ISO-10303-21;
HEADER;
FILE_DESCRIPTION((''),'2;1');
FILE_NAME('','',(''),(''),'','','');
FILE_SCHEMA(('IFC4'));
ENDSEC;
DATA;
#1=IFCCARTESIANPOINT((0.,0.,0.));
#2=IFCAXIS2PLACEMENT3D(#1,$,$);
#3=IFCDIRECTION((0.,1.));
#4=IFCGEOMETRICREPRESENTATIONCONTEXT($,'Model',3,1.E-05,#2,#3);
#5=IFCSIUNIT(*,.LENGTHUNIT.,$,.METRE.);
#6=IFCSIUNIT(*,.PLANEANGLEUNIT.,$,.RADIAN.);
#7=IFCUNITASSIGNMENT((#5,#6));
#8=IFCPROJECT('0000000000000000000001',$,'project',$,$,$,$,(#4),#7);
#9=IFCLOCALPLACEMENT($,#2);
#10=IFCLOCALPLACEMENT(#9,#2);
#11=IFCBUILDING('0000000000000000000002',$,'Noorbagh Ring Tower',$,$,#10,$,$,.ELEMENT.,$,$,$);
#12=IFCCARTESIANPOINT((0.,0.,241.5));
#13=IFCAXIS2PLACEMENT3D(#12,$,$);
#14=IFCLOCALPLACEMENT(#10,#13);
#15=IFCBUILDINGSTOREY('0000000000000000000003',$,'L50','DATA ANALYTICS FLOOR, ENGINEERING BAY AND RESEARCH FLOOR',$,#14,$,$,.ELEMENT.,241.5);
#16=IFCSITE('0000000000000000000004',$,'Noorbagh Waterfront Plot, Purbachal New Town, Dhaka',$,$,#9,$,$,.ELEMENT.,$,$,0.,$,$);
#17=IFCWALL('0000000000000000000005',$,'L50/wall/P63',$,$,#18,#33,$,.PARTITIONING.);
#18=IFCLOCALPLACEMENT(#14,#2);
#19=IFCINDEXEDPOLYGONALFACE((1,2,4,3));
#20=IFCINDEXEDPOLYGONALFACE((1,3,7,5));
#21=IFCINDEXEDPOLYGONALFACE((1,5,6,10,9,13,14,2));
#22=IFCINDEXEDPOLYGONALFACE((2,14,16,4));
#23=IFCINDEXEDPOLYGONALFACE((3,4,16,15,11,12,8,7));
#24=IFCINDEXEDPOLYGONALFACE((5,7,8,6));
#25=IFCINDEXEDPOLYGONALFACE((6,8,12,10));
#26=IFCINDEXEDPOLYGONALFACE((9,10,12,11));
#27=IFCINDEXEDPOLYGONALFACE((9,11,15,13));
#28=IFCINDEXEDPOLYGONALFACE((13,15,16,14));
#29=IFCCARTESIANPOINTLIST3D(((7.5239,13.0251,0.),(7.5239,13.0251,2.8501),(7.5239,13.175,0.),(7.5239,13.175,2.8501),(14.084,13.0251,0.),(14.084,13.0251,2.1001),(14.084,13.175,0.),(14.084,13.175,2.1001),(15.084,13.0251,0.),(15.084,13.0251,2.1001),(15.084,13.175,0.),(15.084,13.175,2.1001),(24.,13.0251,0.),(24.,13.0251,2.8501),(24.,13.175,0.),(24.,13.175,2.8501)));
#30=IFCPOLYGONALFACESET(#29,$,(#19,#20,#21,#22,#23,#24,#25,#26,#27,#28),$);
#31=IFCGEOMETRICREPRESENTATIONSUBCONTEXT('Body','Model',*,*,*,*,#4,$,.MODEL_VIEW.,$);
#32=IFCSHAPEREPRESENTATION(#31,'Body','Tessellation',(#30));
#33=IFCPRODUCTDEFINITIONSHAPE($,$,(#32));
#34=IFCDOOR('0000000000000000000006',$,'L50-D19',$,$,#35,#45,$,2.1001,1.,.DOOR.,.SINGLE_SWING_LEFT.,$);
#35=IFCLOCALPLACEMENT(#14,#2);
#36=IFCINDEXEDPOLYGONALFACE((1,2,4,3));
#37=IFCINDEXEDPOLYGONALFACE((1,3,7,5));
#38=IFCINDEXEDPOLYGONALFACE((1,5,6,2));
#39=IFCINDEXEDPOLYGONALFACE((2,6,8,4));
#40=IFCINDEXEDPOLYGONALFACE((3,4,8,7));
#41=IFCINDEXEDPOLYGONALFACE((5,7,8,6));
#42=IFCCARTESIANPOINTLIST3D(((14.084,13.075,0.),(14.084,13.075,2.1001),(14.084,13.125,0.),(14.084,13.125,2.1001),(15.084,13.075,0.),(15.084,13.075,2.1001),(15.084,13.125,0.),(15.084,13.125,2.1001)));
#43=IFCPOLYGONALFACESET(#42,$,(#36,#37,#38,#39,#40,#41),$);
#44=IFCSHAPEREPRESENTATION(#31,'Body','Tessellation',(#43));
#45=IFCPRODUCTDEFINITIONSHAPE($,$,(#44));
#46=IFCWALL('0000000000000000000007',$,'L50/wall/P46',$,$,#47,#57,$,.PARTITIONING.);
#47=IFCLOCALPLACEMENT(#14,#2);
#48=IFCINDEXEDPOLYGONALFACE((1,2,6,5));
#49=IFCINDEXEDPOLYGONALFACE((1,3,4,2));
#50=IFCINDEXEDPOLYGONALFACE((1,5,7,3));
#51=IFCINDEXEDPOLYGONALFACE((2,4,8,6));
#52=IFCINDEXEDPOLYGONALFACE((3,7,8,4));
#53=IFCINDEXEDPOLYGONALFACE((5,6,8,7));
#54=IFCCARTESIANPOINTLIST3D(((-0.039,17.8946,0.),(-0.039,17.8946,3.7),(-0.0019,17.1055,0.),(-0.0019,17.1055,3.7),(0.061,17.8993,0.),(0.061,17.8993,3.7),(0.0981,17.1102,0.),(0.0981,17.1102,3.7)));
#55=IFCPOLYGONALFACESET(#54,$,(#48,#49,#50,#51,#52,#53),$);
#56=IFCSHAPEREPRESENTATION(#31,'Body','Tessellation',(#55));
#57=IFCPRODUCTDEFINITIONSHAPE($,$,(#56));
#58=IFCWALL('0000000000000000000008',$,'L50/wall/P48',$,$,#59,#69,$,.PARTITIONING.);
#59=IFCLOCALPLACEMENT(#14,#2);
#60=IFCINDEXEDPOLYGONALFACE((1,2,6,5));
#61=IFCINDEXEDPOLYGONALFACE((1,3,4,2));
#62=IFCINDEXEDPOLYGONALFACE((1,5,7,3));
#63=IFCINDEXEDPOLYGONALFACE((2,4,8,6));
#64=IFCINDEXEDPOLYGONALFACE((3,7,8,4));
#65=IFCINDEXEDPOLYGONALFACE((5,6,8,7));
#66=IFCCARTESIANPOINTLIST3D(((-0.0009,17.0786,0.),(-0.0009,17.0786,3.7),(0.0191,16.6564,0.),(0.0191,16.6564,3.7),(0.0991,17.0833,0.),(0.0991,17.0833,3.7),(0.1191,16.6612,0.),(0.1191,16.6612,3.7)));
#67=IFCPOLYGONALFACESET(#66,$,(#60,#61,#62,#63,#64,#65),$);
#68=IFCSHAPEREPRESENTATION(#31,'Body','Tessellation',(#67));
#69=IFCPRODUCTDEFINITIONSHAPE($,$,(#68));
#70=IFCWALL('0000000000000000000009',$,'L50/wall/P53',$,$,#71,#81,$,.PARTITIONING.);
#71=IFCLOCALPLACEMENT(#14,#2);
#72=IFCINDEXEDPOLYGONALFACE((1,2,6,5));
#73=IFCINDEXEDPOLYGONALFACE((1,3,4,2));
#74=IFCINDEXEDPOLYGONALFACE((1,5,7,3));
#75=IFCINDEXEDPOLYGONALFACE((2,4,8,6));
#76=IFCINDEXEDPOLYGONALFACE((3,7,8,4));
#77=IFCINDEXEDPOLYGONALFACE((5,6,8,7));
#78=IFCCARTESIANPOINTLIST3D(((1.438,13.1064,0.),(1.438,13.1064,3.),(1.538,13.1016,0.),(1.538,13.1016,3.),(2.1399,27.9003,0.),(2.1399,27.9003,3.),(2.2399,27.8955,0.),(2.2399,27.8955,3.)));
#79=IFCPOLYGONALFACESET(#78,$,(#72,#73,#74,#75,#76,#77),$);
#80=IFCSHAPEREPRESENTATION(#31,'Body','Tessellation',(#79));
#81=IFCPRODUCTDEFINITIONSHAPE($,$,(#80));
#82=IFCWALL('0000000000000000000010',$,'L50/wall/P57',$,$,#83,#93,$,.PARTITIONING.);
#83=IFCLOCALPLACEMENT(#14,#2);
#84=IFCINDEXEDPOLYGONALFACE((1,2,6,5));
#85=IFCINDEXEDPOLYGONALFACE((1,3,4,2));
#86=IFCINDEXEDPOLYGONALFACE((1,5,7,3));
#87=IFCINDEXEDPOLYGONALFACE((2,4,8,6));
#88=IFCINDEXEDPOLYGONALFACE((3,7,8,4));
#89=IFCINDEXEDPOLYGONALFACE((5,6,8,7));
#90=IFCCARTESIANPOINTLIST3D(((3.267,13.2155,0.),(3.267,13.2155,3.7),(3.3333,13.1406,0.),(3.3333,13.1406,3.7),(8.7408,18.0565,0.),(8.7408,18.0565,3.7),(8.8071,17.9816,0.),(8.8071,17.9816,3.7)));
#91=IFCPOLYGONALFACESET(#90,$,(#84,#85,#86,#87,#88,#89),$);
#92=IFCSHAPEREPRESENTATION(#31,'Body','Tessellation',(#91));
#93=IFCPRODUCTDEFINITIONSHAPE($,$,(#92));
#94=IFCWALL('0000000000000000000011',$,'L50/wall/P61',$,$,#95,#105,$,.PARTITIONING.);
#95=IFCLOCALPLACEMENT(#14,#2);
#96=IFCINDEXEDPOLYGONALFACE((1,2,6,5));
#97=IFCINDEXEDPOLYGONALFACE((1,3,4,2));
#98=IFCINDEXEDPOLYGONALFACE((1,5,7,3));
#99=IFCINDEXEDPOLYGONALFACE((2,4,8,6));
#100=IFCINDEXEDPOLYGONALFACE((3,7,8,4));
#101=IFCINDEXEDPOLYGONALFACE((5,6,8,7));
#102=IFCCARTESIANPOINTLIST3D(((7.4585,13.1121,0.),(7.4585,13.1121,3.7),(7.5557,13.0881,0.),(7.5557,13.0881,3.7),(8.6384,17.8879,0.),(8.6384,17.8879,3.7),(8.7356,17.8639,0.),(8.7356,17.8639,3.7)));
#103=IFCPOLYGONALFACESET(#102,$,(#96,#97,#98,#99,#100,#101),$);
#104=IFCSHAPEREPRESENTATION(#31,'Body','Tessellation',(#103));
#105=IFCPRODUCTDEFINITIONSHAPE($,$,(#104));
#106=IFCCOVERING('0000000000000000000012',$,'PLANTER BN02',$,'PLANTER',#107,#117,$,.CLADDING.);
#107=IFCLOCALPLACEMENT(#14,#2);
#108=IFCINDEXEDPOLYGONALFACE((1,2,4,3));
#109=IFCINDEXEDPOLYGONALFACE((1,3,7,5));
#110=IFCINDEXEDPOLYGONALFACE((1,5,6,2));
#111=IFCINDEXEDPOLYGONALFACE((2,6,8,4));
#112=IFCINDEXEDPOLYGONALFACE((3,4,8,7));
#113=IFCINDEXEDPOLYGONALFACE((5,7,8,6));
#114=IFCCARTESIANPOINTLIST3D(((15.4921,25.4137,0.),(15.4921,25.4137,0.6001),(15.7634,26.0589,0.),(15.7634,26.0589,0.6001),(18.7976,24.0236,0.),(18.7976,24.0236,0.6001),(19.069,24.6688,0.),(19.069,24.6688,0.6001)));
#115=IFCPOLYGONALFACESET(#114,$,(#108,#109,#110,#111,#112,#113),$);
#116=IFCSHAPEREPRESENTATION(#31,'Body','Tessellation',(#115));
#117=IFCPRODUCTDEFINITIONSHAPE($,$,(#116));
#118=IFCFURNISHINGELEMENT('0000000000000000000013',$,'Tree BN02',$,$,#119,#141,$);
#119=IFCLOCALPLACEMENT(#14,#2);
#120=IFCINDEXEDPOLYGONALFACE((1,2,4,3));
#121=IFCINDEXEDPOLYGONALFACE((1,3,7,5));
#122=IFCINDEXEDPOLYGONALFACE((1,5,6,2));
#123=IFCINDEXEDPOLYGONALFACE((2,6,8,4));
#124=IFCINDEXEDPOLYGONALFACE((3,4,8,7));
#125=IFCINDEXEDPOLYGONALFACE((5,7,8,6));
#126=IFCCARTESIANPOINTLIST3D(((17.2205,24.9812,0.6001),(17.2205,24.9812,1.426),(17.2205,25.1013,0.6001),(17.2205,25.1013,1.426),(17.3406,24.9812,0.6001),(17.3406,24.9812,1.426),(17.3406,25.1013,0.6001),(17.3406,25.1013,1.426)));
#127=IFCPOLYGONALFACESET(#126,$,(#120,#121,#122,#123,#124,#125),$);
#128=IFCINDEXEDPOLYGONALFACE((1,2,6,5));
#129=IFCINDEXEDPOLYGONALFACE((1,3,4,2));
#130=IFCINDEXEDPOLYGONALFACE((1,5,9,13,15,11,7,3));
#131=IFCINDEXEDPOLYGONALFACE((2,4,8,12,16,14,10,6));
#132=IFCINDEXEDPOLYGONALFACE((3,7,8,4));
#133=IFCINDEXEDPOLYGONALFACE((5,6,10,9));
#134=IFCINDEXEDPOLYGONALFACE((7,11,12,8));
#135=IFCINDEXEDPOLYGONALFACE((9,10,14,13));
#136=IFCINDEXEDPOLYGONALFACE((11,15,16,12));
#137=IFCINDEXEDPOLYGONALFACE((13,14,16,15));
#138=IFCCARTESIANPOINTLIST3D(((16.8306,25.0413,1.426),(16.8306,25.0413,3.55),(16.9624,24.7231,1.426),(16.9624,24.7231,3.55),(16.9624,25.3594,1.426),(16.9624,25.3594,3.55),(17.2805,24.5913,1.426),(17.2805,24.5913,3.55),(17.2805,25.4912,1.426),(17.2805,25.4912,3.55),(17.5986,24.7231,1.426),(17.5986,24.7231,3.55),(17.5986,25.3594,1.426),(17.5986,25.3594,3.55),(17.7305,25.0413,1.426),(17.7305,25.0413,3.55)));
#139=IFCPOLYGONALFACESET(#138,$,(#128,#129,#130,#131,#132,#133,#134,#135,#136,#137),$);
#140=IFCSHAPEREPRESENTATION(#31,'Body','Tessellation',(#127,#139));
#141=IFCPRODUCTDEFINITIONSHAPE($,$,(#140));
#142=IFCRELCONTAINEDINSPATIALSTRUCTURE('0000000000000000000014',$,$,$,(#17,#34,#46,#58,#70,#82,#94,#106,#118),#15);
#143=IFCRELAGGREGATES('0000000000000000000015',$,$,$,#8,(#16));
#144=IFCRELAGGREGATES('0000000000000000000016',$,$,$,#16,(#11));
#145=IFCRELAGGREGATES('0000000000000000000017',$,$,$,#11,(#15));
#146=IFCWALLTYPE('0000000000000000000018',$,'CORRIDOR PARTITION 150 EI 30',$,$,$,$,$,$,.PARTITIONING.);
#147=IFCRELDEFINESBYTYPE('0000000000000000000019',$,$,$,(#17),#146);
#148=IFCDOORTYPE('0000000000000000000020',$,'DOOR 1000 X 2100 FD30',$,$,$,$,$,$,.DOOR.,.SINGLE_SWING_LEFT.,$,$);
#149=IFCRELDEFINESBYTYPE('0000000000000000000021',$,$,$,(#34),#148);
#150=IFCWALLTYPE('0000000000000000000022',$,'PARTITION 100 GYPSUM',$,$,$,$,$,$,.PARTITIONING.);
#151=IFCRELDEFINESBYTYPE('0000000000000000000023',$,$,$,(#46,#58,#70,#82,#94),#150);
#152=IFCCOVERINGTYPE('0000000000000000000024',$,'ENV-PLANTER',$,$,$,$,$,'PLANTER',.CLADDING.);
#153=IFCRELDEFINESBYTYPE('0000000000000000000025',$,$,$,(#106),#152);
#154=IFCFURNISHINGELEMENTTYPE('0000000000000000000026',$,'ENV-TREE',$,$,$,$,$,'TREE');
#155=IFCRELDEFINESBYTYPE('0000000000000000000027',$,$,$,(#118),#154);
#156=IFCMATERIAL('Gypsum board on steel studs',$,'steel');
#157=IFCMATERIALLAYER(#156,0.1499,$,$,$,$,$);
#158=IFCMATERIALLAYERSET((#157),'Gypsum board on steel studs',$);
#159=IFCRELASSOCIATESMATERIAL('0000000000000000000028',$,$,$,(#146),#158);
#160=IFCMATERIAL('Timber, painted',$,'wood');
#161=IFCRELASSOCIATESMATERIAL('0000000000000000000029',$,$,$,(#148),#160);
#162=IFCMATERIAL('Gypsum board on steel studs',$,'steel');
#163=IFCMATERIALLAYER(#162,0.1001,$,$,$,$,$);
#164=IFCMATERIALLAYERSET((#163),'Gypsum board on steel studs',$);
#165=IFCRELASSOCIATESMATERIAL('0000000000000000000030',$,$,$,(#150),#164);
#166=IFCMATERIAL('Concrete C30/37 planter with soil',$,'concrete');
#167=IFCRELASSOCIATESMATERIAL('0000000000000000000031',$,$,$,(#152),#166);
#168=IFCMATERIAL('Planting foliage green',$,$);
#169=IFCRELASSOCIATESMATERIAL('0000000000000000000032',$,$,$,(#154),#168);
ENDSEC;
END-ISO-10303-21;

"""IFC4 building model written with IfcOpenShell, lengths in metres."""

from ifc_helpers import new_model, si_unit, direction, frame, frame_2d, origin, origin_2d, place, context, subcontext, project, spatial, polyline, rectangle, outline, extrude, material, layer, layer_set, type_object, element, fill, save


model = new_model("IFC4")

# Units and contexts
model_context = context("Model", 3, precision=1e-05, world=origin(), true_north=direction((0.0, 1.0)))
body_context = subcontext(model_context, "Body", "Model", "MODEL_VIEW")
ifc_project = project(units=[si_unit("LENGTHUNIT", "METRE"), si_unit("PLANEANGLEUNIT", "RADIAN")], contexts=[model_context])

# Site, building, storey
site_placement = place(None, origin())
site = spatial("IfcSite", under=ifc_project, at=site_placement, Name="Noorbagh Waterfront Plot, Purbachal New Town, Dhaka", CompositionType="ELEMENT", RefElevation=0.0)
building_placement = place(site_placement, origin())
building = spatial("IfcBuilding", under=site, at=building_placement, Name="Noorbagh Ring Tower", CompositionType="ELEMENT")
storey_placement = place(building_placement, frame((0.0, 0.0, 241.5)))
storey = spatial("IfcBuildingStorey", under=building, at=storey_placement, Name="L50", Description="DATA ANALYTICS FLOOR, ENGINEERING BAY AND RESEARCH FLOOR", CompositionType="ELEMENT", Elevation=241.5)

# Shared definitions
ifc_material_1 = material(Name="Gypsum board on steel studs", Category="steel")
ifc_layer_1 = layer(ifc_material_1, 0.1499)
ifc_layer_set_1 = layer_set([ifc_layer_1], Name="Gypsum board on steel studs")
wall_type_1 = type_object("IfcWallType", Name="CORRIDOR PARTITION 150 EI 30", PredefinedType="PARTITIONING", material=ifc_layer_set_1)

# Wall, opening, door
ifc_material_2 = material(Name="Timber, painted", Category="wood")
door_type = type_object("IfcDoorType", Name="DOOR 1000 X 2100 FD30", OperationType="SINGLE_SWING_LEFT", PredefinedType="DOOR", material=ifc_material_2)
wall_1_placement = place(storey_placement, frame((7.5239, 13.1001, 0.0), z_axis=(0.0, 0.0, 1.0), x_axis=(1.0, 0.0, 0.0)))
wall_1 = element("IfcWall", 1, at=wall_1_placement, inside=storey, type_object=wall_type_1, Name="L50/wall/P63", PredefinedType="PARTITIONING", context=body_context, shape_type="SweptSolid", body=[
    extrude(rectangle(XDim=16.4761, YDim=0.1499, at=frame_2d((8.238, 0.0))), origin(), (0.0, 0.0, 1.0), 2.8501),
])
opening_1_placement = place(wall_1_placement, frame((6.5601, 0.0, 0.0)))
opening_1 = element("IfcOpeningElement", 2, at=opening_1_placement, cuts=wall_1, PredefinedType="OPENING", context=body_context, shape_type="SweptSolid", body=[
    extrude(rectangle(XDim=1.0, YDim=2.1001, at=frame_2d((0.5, 1.05))), frame((0.0, 0.085, 0.0), z_axis=(0.0, -1.0, 0.0), x_axis=(1.0, 0.0, 0.0)), (0.0, 0.0, 1.0), 0.1699),
])
door_1_placement = place(opening_1_placement, origin())
door_1 = element("IfcDoor", 3, at=door_1_placement, inside=storey, type_object=door_type, Name="L50-D19", OperationType="SINGLE_SWING_LEFT", OverallHeight=2.1001, OverallWidth=1.0, PredefinedType="DOOR", context=body_context, shape_type="SweptSolid", body=[
    extrude(rectangle(XDim=1.0, YDim=2.1001, at=frame_2d((0.5, 1.05))), frame((0.0, 0.0249, 0.0), z_axis=(0.0, -1.0, 0.0), x_axis=(1.0, 0.0, 0.0)), (0.0, 0.0, 1.0), 0.05),
])
fill(opening_1, door_1)

# Walls
ifc_material_3 = material(Name="Gypsum board on steel studs", Category="steel")
ifc_layer_2 = layer(ifc_material_3, 0.1001)
ifc_layer_set_2 = layer_set([ifc_layer_2], Name="Gypsum board on steel studs")
wall_type_2 = type_object("IfcWallType", Name="PARTITION 100 GYPSUM", PredefinedType="PARTITIONING", material=ifc_layer_set_2)
wall_2_placement = place(storey_placement, frame((0.011, 17.897, 0.0), z_axis=(0.0, 0.0, 1.0), x_axis=(0.046978, -0.998896, 0.0)))
element("IfcWall", 4, at=wall_2_placement, inside=storey, type_object=wall_type_2, Name="L50/wall/P46", PredefinedType="PARTITIONING", context=body_context, shape_type="SweptSolid", body=[
    extrude(rectangle(XDim=0.79, YDim=0.1001, at=frame_2d((0.395, 0.0))), origin(), (0.0, 0.0, 1.0), 3.7),
])
wall_3_placement = place(storey_placement, frame((0.0491, 17.0811, 0.0), z_axis=(0.0, 0.0, 1.0), x_axis=(0.047373, -0.998877, 0.0)))
element("IfcWall", 5, at=wall_3_placement, inside=storey, type_object=wall_type_2, Name="L50/wall/P48", PredefinedType="PARTITIONING", context=body_context, shape_type="SweptSolid", body=[
    extrude(rectangle(XDim=0.4226, YDim=0.1001, at=frame_2d((0.2114, 0.0))), origin(), (0.0, 0.0, 1.0), 3.7),
])
wall_4_placement = place(storey_placement, frame((1.488, 13.104, 0.0), z_axis=(0.0, 0.0, 1.0), x_axis=(0.047392, 0.998876, 0.0)))
element("IfcWall", 6, at=wall_4_placement, inside=storey, type_object=wall_type_2, Name="L50/wall/P53", PredefinedType="PARTITIONING", context=body_context, shape_type="SweptSolid", body=[
    extrude(rectangle(XDim=14.8105, YDim=0.1001, at=frame_2d((7.4053, 0.0))), origin(), (0.0, 0.0, 1.0), 3.0),
])
wall_5_placement = place(storey_placement, frame((3.3, 13.178, 0.0), z_axis=(0.0, 0.0, 1.0), x_axis=(0.749079, 0.662481, 0.0)))
element("IfcWall", 7, at=wall_5_placement, inside=storey, type_object=wall_type_2, Name="L50/wall/P57", PredefinedType="PARTITIONING", context=body_context, shape_type="SweptSolid", body=[
    extrude(rectangle(XDim=7.3074, YDim=0.1001, at=frame_2d((3.6538, 0.0))), origin(), (0.0, 0.0, 1.0), 3.7),
])
wall_6_placement = place(storey_placement, frame((7.5071, 13.1001, 0.0), z_axis=(0.0, 0.0, 1.0), x_axis=(0.239849, 0.97081, 0.0)))
element("IfcWall", 8, at=wall_6_placement, inside=storey, type_object=wall_type_2, Name="L50/wall/P61", PredefinedType="PARTITIONING", context=body_context, shape_type="SweptSolid", body=[
    extrude(rectangle(XDim=4.9194, YDim=0.1001, at=frame_2d((2.4597, 0.0))), origin(), (0.0, 0.0, 1.0), 3.7),
])

# Covering
ifc_material_4 = material(Name="Concrete C30/37 planter with soil", Category="concrete")
covering_type = type_object("IfcCoveringType", Name="ENV-PLANTER", ElementType="PLANTER", PredefinedType="CLADDING", material=ifc_material_4)
covering_placement = place(storey_placement, frame((17.2805, 25.0413, 0.0), z_axis=(0.0, 0.0, 1.0), x_axis=(-0.921812, 0.387638, 0.0)))
element("IfcCovering", 9, at=covering_placement, inside=storey, type_object=covering_type, Name="PLANTER BN02", ObjectType="PLANTER", PredefinedType="CLADDING", context=body_context, shape_type="SweptSolid", body=[
    extrude(rectangle(XDim=3.5859, YDim=0.7, at=origin_2d()), origin(), (0.0, 0.0, 1.0), 0.6001),
])

# Furnishing element
ifc_material_5 = material(Name="Planting foliage green")
furnishing_element_type = type_object("IfcFurnishingElementType", Name="ENV-TREE", ElementType="TREE", material=ifc_material_5)
furnishing_placement = place(storey_placement, frame((17.2805, 25.0413, 0.6001), z_axis=(0.0, 0.0, 1.0), x_axis=(1.0, 0.0, 0.0)))
element("IfcFurnishingElement", 10, at=furnishing_placement, inside=storey, type_object=furnishing_element_type, Name="Tree BN02", context=body_context, shape_type="SweptSolid", body=[
    extrude(rectangle(XDim=0.1201, YDim=0.1201, at=origin_2d()), origin(), (0.0, 0.0, 1.0), 0.8259),
    extrude(outline(polyline([(0.45, 0.0), (0.3181, 0.3181), (0.0, 0.45), (-0.3181, 0.3181), (-0.45, 0.0), (-0.3181, -0.3181), (0.0, -0.45), (0.3181, -0.3181), (0.45, 0.0)])), frame((0.0, 0.0, 0.8259)), (0.0, 0.0, 1.0), 2.124),
])

save(model, "model.ifc")
